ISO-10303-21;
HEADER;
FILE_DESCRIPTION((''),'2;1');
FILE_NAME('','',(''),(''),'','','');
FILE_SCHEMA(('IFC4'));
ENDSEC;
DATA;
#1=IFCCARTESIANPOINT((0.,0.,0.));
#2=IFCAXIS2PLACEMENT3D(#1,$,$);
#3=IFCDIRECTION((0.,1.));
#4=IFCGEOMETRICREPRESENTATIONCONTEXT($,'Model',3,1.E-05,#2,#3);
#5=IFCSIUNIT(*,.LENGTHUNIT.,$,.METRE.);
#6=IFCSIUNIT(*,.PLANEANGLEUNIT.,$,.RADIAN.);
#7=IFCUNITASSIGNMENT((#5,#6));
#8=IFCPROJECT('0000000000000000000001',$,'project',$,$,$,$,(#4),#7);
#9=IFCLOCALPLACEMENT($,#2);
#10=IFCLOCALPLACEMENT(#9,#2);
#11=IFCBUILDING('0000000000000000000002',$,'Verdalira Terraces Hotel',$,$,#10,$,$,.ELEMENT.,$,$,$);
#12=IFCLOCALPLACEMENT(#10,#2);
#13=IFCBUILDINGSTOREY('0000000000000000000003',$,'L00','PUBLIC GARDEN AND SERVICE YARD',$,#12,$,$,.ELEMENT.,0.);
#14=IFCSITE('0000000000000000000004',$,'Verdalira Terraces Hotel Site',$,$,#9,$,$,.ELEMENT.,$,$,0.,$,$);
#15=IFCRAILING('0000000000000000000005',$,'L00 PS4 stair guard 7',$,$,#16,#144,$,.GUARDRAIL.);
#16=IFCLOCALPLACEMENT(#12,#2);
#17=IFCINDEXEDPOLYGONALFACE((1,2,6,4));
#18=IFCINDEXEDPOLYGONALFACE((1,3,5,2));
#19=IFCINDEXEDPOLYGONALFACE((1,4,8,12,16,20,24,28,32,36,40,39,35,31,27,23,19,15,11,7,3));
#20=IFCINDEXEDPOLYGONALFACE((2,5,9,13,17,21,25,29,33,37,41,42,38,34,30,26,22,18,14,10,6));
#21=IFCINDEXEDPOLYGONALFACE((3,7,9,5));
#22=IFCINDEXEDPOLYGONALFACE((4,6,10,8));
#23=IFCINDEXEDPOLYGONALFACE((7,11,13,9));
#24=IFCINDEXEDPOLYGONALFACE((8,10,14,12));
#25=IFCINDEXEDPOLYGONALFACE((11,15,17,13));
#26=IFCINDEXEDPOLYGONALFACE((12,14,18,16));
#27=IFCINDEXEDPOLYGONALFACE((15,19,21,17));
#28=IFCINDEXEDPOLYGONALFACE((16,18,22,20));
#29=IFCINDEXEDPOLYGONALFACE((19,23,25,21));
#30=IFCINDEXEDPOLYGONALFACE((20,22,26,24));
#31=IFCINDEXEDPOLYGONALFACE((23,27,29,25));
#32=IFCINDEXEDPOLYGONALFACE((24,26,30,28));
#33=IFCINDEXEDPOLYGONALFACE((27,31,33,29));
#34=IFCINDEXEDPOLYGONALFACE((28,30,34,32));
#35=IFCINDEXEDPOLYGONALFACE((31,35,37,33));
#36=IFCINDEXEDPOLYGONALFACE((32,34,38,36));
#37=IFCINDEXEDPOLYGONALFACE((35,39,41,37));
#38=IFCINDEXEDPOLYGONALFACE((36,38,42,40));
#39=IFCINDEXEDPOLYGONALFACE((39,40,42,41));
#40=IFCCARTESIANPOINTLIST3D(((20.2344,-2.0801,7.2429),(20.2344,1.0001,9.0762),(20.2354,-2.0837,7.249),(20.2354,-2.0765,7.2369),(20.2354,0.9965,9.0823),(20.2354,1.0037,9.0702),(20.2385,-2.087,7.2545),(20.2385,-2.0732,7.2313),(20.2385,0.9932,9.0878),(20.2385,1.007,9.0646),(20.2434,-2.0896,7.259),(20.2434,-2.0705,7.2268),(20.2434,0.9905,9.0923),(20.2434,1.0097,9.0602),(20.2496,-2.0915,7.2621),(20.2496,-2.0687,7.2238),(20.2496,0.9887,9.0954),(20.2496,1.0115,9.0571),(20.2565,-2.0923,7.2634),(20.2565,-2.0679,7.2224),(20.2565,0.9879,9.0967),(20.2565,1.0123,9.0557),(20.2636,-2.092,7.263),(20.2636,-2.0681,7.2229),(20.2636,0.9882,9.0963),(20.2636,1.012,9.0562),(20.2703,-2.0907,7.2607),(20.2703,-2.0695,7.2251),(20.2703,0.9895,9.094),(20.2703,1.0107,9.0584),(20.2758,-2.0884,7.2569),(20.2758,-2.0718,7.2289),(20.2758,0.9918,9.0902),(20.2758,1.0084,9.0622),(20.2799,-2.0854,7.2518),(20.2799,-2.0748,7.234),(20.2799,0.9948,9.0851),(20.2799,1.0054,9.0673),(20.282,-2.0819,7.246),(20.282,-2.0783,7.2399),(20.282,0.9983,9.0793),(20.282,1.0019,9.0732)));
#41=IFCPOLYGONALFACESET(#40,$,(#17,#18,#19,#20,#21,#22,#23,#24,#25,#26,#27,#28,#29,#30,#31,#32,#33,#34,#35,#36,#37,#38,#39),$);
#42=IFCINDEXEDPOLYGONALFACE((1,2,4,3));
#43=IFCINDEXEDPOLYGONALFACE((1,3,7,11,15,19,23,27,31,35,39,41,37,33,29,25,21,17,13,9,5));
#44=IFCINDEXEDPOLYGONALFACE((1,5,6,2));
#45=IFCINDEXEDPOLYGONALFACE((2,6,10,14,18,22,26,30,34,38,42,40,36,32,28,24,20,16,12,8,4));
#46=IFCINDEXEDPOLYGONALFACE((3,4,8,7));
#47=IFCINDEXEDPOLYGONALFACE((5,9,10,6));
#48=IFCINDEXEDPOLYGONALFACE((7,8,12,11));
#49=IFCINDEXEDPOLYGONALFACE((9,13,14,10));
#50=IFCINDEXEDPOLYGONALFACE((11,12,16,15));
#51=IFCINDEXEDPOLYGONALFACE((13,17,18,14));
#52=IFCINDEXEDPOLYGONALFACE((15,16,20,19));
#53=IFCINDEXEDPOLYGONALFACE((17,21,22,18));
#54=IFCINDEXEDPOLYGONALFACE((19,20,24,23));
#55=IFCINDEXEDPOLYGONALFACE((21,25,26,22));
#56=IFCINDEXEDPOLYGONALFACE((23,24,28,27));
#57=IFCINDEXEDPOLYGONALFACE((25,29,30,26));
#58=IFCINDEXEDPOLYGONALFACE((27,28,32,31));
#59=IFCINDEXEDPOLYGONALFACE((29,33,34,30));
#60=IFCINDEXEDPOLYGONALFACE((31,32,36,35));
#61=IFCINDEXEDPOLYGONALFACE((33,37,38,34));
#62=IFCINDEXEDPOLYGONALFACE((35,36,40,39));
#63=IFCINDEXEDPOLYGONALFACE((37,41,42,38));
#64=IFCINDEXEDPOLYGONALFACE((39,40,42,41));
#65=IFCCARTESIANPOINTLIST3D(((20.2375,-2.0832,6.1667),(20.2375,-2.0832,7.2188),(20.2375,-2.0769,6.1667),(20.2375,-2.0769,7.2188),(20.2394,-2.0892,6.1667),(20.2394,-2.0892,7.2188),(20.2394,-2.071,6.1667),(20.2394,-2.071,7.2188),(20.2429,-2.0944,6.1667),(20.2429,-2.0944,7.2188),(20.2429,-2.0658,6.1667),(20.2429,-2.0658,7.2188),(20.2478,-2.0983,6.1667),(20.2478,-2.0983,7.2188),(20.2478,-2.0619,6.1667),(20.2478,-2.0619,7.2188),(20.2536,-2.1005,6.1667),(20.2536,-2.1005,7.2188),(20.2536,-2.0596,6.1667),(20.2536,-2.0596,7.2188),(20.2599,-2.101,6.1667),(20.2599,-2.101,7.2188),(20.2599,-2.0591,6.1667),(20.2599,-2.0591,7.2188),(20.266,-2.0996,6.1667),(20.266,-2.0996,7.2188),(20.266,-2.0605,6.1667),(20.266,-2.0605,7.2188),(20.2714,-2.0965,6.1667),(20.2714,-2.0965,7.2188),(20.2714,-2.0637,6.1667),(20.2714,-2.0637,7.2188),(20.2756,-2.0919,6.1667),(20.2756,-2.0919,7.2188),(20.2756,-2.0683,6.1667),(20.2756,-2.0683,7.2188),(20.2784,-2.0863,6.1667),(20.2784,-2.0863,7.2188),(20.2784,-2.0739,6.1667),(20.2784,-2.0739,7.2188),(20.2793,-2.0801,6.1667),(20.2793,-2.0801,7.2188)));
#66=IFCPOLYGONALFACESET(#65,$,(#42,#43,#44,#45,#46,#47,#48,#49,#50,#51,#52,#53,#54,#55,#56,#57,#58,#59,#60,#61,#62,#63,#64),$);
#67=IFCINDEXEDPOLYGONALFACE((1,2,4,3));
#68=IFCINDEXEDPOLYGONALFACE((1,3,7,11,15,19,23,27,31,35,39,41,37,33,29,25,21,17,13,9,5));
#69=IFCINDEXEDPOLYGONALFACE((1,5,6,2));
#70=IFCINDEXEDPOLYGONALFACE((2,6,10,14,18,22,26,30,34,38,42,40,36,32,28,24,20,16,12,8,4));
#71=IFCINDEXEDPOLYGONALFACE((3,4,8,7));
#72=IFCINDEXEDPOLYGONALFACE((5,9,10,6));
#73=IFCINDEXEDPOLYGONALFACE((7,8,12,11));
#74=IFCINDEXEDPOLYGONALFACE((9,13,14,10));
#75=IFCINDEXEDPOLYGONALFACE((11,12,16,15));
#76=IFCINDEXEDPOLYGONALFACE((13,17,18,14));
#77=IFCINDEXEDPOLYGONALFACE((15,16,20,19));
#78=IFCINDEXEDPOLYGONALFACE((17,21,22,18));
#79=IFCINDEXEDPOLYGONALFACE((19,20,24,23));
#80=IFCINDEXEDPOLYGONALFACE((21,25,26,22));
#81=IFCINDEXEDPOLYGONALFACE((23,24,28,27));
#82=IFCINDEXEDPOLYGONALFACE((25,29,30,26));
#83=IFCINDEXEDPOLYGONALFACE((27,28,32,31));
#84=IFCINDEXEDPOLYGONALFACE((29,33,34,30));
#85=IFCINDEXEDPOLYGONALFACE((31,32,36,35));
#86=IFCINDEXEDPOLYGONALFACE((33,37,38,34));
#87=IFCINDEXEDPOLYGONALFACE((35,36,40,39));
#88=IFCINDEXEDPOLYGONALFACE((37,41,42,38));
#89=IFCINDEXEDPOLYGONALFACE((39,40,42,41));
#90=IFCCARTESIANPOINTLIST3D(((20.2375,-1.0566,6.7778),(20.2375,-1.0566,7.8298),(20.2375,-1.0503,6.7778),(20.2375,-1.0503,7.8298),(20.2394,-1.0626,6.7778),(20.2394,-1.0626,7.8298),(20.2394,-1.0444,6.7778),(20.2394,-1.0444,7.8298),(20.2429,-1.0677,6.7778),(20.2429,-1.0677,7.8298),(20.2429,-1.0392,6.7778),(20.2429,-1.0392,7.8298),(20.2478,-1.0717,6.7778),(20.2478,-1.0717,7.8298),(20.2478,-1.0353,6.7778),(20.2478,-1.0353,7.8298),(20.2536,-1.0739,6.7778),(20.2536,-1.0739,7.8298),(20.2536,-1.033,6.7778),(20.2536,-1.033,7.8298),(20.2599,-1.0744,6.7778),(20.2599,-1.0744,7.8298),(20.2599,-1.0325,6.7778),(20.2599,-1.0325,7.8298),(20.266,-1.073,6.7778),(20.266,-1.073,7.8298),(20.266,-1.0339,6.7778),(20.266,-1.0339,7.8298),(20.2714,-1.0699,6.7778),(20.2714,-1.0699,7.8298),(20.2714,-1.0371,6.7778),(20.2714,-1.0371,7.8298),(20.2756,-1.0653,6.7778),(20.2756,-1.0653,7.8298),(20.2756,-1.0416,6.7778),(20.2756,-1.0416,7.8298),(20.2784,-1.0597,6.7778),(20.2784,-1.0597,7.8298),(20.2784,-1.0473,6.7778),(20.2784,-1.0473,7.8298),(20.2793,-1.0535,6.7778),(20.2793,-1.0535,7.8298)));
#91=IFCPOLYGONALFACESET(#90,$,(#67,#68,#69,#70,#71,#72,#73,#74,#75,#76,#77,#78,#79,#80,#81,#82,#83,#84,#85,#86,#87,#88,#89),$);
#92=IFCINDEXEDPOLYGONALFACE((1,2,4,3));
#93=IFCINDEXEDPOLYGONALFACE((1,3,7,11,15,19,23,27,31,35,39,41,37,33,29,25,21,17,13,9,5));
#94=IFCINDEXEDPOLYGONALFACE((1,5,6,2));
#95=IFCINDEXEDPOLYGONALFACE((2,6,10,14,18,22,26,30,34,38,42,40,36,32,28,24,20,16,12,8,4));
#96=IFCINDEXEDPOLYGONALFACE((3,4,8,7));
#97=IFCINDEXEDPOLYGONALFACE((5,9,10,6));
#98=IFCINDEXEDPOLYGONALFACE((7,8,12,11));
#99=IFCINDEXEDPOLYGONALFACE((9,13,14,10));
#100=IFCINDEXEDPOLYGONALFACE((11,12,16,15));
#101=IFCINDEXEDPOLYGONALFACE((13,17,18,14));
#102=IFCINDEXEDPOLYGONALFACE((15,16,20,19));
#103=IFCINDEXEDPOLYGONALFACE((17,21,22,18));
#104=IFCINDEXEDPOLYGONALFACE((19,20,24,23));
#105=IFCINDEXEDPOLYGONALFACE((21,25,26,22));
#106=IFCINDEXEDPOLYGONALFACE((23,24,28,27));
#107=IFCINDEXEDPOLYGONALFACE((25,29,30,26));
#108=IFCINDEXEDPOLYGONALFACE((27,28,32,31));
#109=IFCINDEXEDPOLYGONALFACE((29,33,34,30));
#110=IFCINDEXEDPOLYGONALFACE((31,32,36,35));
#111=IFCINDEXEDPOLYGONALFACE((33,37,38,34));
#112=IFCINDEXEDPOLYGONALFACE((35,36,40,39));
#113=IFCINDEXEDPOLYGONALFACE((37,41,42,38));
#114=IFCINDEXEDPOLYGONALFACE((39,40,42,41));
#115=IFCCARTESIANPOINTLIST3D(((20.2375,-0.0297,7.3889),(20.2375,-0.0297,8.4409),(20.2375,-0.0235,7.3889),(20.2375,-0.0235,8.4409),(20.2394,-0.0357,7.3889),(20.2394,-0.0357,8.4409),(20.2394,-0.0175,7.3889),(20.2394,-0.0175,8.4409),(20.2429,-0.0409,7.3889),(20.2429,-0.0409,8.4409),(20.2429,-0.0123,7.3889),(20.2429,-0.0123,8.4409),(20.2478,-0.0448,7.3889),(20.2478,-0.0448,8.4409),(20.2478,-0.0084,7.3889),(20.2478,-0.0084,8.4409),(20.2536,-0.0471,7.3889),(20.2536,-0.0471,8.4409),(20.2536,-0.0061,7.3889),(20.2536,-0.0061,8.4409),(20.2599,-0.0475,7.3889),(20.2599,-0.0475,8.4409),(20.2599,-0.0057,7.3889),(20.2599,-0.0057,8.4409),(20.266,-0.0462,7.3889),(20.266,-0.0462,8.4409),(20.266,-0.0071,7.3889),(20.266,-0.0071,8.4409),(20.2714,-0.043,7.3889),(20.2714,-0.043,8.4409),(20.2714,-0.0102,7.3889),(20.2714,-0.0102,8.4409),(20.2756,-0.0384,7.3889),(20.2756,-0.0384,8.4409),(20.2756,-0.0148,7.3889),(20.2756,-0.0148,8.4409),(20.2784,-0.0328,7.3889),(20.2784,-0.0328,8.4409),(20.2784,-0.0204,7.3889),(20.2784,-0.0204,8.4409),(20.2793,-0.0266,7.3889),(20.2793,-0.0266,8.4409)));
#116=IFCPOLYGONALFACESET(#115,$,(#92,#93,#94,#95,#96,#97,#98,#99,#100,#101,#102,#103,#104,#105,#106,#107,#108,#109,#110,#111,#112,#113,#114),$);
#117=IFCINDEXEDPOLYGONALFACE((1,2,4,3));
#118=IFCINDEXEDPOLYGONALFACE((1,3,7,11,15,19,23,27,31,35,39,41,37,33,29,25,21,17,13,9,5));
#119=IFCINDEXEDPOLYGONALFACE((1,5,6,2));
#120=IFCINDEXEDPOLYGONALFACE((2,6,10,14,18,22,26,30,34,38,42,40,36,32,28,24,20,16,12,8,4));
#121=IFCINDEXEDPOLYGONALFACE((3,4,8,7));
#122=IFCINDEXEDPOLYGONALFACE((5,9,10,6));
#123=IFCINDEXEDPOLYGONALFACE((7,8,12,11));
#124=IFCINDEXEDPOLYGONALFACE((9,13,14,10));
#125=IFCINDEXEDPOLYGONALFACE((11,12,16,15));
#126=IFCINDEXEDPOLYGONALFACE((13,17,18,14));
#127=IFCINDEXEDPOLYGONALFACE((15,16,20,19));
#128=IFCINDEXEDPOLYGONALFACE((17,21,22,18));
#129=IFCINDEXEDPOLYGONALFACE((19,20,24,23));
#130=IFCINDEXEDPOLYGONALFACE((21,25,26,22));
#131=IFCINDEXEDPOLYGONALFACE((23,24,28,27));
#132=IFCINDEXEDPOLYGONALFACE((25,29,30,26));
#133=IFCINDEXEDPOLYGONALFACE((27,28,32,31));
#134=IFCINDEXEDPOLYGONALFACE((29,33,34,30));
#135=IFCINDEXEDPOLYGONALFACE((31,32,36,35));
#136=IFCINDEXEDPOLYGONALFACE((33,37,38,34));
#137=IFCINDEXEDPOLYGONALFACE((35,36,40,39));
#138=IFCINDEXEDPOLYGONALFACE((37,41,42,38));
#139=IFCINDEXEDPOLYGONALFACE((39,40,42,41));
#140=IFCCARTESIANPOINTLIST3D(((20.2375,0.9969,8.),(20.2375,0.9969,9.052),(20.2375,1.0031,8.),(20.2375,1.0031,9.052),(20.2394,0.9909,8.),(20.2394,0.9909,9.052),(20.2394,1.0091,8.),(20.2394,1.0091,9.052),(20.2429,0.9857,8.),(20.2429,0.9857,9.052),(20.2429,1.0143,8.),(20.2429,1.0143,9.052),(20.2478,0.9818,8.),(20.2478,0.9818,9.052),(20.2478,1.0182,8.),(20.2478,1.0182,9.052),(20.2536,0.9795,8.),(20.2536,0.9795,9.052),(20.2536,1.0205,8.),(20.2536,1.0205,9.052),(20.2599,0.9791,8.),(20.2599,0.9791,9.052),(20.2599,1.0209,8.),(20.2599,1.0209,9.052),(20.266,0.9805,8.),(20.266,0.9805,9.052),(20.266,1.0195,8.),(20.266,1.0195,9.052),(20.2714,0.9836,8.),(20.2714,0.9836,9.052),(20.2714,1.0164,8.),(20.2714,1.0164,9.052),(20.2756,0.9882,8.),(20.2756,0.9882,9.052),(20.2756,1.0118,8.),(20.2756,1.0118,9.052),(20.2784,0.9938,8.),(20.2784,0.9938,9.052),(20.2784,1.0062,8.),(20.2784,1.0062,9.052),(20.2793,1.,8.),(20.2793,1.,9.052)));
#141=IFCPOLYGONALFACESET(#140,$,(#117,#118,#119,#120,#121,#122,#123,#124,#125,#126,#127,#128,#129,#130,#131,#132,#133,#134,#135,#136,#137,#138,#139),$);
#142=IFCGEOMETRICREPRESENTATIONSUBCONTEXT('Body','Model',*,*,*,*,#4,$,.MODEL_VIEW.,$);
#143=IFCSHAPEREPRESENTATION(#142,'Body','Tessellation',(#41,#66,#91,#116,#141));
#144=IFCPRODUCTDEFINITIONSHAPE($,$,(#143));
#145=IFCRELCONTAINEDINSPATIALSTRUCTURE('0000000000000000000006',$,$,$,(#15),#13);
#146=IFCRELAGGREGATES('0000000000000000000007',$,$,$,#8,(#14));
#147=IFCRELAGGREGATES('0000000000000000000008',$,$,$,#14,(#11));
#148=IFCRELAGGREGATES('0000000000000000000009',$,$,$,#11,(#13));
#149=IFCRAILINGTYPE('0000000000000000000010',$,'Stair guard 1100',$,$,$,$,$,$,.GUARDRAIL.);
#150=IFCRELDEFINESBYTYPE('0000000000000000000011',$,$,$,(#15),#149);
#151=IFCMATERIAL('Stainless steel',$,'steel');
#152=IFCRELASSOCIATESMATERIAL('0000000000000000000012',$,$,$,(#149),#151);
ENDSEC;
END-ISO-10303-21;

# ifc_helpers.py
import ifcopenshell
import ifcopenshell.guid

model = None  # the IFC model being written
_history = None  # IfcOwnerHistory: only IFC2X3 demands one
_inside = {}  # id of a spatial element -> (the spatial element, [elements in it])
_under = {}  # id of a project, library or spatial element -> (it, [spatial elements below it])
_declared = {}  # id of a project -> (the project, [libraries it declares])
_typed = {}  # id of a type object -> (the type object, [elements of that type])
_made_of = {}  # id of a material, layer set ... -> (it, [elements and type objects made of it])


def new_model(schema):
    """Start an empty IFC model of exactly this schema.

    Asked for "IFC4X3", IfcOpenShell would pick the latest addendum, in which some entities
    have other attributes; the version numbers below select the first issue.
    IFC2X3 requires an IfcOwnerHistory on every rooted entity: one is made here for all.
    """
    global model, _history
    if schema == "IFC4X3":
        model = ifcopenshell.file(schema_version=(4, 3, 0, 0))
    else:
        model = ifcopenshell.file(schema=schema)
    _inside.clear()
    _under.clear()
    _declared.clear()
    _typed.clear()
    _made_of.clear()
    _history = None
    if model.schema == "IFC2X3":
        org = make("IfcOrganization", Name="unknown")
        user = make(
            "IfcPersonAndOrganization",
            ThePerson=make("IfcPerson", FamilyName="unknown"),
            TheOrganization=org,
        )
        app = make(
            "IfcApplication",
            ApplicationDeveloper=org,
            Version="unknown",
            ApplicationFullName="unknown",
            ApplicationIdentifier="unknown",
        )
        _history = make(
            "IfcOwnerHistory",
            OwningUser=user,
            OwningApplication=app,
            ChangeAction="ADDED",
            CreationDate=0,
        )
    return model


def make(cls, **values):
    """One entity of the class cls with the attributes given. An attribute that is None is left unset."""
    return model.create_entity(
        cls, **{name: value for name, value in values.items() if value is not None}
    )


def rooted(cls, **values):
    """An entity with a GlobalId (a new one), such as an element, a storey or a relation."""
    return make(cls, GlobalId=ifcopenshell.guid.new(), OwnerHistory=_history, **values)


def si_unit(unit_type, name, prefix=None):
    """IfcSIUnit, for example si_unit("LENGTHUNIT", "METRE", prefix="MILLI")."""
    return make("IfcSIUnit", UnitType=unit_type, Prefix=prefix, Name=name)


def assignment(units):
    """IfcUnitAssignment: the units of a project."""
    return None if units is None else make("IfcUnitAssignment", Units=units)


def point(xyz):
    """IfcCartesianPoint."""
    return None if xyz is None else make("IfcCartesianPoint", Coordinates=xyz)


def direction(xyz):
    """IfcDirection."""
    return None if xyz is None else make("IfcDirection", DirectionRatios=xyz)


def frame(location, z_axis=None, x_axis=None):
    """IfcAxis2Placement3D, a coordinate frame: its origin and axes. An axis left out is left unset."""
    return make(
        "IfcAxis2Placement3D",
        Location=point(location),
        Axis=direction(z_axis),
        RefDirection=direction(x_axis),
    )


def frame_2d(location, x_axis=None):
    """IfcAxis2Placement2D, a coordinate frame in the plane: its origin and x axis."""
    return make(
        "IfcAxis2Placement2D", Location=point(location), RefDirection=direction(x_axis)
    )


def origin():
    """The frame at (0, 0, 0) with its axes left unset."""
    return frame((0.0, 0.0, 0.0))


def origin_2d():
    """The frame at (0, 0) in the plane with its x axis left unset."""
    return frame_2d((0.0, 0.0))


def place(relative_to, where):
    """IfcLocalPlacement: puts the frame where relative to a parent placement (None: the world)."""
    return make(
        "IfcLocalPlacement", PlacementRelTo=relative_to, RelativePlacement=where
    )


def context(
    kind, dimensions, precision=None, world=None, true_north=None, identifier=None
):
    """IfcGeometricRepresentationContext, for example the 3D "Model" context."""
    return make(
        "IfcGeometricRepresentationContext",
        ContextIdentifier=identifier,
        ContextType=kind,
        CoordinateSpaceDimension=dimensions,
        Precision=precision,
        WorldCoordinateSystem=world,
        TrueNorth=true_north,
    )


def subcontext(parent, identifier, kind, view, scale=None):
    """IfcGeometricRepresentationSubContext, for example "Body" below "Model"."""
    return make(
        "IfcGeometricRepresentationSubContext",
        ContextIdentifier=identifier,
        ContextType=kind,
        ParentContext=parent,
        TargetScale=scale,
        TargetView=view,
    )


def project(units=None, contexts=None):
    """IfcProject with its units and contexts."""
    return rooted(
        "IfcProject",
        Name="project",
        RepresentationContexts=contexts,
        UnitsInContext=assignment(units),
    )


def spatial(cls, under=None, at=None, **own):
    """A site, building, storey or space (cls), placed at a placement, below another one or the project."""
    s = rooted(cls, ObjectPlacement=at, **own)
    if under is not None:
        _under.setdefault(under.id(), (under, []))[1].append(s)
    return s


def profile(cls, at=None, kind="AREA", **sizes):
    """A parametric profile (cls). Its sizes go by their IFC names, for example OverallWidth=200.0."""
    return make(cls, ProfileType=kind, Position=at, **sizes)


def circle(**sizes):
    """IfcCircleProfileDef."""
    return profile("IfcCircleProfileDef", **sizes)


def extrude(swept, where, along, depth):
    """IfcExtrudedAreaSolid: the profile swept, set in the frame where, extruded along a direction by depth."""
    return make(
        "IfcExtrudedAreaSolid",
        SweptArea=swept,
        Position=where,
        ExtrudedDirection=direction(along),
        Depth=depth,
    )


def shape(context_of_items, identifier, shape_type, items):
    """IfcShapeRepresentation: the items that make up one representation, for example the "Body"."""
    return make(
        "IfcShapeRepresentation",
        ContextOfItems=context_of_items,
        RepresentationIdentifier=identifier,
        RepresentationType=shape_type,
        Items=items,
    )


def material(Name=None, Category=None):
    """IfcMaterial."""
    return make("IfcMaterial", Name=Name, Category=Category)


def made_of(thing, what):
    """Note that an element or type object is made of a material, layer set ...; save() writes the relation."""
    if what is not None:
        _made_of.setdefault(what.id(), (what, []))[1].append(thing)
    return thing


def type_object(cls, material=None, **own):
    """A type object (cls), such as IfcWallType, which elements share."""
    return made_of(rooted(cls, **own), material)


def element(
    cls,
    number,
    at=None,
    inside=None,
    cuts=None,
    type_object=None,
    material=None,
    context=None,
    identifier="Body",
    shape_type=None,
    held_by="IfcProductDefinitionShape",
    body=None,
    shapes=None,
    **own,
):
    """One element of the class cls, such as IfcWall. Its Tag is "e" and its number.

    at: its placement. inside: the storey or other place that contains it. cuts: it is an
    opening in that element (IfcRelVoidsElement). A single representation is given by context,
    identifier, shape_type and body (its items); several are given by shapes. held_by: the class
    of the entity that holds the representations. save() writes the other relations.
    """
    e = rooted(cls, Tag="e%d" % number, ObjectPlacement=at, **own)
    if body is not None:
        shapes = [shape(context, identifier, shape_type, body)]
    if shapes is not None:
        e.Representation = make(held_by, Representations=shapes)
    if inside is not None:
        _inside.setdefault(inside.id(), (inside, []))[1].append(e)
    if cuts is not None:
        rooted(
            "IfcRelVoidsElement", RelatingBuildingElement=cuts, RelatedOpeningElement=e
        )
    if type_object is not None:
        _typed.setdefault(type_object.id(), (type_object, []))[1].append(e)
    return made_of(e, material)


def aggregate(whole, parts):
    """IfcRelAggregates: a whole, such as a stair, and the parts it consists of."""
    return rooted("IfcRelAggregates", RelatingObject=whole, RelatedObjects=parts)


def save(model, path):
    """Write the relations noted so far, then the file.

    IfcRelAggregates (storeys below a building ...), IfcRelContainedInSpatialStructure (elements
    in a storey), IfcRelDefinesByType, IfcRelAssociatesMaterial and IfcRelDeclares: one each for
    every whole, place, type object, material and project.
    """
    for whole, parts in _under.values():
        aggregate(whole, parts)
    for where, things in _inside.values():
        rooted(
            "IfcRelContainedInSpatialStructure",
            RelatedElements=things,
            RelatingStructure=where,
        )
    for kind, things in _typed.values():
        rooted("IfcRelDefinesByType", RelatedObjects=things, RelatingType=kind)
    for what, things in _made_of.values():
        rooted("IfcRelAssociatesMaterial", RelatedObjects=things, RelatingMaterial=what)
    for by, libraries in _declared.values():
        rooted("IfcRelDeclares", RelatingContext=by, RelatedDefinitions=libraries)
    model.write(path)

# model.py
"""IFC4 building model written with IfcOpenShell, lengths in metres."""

from ifc_helpers import new_model, si_unit, direction, frame, origin, origin_2d, place, context, subcontext, project, spatial, circle, extrude, material, type_object, element, save


model = new_model("IFC4")

# Units and contexts
model_context = context("Model", 3, precision=1e-05, world=origin(), true_north=direction((0.0, 1.0)))
body_context = subcontext(model_context, "Body", "Model", "MODEL_VIEW")
ifc_project = project(units=[si_unit("LENGTHUNIT", "METRE"), si_unit("PLANEANGLEUNIT", "RADIAN")], contexts=[model_context])

# Site, building, storey
site_placement = place(None, origin())
site = spatial("IfcSite", under=ifc_project, at=site_placement, Name="Verdalira Terraces Hotel Site", CompositionType="ELEMENT", RefElevation=0.0)
building_placement = place(site_placement, origin())
building = spatial("IfcBuilding", under=site, at=building_placement, Name="Verdalira Terraces Hotel", CompositionType="ELEMENT")
storey_placement = place(building_placement, origin())
storey = spatial("IfcBuildingStorey", under=building, at=storey_placement, Name="L00", Description="PUBLIC GARDEN AND SERVICE YARD", CompositionType="ELEMENT", Elevation=0.0)

# Railing
ifc_material_1 = material(Name="Stainless steel", Category="steel")
railing_type = type_object("IfcRailingType", Name="Stair guard 1100", PredefinedType="GUARDRAIL", material=ifc_material_1)
railing_1_placement = place(storey_placement, frame((20.2583, -2.0801, 6.1667)))
element("IfcRailing", 1, at=railing_1_placement, inside=storey, type_object=railing_type, Name="L00 PS4 stair guard 7", PredefinedType="GUARDRAIL", context=body_context, shape_type="SweptSolid", body=[
    extrude(circle(Radius=0.0239, at=origin_2d()), frame((0.0, 0.0, 1.0762), z_axis=(0.0, 0.859309, 0.511458), x_axis=(-1.0, 0.0, 0.0)), (0.0, 0.0, 1.0), 3.5845),
    extrude(circle(Radius=0.021, at=origin_2d()), origin(), (0.0, 0.0, 1.0), 1.052),
    extrude(circle(Radius=0.021, at=origin_2d()), frame((0.0, 1.0266, 0.6111)), (0.0, 0.0, 1.0), 1.052),
    extrude(circle(Radius=0.021, at=origin_2d()), frame((0.0, 2.0535, 1.2222)), (0.0, 0.0, 1.0), 1.052),
    extrude(circle(Radius=0.021, at=origin_2d()), frame((0.0, 3.0801, 1.8333)), (0.0, 0.0, 1.0), 1.052),
])

save(model, "model.ifc")
